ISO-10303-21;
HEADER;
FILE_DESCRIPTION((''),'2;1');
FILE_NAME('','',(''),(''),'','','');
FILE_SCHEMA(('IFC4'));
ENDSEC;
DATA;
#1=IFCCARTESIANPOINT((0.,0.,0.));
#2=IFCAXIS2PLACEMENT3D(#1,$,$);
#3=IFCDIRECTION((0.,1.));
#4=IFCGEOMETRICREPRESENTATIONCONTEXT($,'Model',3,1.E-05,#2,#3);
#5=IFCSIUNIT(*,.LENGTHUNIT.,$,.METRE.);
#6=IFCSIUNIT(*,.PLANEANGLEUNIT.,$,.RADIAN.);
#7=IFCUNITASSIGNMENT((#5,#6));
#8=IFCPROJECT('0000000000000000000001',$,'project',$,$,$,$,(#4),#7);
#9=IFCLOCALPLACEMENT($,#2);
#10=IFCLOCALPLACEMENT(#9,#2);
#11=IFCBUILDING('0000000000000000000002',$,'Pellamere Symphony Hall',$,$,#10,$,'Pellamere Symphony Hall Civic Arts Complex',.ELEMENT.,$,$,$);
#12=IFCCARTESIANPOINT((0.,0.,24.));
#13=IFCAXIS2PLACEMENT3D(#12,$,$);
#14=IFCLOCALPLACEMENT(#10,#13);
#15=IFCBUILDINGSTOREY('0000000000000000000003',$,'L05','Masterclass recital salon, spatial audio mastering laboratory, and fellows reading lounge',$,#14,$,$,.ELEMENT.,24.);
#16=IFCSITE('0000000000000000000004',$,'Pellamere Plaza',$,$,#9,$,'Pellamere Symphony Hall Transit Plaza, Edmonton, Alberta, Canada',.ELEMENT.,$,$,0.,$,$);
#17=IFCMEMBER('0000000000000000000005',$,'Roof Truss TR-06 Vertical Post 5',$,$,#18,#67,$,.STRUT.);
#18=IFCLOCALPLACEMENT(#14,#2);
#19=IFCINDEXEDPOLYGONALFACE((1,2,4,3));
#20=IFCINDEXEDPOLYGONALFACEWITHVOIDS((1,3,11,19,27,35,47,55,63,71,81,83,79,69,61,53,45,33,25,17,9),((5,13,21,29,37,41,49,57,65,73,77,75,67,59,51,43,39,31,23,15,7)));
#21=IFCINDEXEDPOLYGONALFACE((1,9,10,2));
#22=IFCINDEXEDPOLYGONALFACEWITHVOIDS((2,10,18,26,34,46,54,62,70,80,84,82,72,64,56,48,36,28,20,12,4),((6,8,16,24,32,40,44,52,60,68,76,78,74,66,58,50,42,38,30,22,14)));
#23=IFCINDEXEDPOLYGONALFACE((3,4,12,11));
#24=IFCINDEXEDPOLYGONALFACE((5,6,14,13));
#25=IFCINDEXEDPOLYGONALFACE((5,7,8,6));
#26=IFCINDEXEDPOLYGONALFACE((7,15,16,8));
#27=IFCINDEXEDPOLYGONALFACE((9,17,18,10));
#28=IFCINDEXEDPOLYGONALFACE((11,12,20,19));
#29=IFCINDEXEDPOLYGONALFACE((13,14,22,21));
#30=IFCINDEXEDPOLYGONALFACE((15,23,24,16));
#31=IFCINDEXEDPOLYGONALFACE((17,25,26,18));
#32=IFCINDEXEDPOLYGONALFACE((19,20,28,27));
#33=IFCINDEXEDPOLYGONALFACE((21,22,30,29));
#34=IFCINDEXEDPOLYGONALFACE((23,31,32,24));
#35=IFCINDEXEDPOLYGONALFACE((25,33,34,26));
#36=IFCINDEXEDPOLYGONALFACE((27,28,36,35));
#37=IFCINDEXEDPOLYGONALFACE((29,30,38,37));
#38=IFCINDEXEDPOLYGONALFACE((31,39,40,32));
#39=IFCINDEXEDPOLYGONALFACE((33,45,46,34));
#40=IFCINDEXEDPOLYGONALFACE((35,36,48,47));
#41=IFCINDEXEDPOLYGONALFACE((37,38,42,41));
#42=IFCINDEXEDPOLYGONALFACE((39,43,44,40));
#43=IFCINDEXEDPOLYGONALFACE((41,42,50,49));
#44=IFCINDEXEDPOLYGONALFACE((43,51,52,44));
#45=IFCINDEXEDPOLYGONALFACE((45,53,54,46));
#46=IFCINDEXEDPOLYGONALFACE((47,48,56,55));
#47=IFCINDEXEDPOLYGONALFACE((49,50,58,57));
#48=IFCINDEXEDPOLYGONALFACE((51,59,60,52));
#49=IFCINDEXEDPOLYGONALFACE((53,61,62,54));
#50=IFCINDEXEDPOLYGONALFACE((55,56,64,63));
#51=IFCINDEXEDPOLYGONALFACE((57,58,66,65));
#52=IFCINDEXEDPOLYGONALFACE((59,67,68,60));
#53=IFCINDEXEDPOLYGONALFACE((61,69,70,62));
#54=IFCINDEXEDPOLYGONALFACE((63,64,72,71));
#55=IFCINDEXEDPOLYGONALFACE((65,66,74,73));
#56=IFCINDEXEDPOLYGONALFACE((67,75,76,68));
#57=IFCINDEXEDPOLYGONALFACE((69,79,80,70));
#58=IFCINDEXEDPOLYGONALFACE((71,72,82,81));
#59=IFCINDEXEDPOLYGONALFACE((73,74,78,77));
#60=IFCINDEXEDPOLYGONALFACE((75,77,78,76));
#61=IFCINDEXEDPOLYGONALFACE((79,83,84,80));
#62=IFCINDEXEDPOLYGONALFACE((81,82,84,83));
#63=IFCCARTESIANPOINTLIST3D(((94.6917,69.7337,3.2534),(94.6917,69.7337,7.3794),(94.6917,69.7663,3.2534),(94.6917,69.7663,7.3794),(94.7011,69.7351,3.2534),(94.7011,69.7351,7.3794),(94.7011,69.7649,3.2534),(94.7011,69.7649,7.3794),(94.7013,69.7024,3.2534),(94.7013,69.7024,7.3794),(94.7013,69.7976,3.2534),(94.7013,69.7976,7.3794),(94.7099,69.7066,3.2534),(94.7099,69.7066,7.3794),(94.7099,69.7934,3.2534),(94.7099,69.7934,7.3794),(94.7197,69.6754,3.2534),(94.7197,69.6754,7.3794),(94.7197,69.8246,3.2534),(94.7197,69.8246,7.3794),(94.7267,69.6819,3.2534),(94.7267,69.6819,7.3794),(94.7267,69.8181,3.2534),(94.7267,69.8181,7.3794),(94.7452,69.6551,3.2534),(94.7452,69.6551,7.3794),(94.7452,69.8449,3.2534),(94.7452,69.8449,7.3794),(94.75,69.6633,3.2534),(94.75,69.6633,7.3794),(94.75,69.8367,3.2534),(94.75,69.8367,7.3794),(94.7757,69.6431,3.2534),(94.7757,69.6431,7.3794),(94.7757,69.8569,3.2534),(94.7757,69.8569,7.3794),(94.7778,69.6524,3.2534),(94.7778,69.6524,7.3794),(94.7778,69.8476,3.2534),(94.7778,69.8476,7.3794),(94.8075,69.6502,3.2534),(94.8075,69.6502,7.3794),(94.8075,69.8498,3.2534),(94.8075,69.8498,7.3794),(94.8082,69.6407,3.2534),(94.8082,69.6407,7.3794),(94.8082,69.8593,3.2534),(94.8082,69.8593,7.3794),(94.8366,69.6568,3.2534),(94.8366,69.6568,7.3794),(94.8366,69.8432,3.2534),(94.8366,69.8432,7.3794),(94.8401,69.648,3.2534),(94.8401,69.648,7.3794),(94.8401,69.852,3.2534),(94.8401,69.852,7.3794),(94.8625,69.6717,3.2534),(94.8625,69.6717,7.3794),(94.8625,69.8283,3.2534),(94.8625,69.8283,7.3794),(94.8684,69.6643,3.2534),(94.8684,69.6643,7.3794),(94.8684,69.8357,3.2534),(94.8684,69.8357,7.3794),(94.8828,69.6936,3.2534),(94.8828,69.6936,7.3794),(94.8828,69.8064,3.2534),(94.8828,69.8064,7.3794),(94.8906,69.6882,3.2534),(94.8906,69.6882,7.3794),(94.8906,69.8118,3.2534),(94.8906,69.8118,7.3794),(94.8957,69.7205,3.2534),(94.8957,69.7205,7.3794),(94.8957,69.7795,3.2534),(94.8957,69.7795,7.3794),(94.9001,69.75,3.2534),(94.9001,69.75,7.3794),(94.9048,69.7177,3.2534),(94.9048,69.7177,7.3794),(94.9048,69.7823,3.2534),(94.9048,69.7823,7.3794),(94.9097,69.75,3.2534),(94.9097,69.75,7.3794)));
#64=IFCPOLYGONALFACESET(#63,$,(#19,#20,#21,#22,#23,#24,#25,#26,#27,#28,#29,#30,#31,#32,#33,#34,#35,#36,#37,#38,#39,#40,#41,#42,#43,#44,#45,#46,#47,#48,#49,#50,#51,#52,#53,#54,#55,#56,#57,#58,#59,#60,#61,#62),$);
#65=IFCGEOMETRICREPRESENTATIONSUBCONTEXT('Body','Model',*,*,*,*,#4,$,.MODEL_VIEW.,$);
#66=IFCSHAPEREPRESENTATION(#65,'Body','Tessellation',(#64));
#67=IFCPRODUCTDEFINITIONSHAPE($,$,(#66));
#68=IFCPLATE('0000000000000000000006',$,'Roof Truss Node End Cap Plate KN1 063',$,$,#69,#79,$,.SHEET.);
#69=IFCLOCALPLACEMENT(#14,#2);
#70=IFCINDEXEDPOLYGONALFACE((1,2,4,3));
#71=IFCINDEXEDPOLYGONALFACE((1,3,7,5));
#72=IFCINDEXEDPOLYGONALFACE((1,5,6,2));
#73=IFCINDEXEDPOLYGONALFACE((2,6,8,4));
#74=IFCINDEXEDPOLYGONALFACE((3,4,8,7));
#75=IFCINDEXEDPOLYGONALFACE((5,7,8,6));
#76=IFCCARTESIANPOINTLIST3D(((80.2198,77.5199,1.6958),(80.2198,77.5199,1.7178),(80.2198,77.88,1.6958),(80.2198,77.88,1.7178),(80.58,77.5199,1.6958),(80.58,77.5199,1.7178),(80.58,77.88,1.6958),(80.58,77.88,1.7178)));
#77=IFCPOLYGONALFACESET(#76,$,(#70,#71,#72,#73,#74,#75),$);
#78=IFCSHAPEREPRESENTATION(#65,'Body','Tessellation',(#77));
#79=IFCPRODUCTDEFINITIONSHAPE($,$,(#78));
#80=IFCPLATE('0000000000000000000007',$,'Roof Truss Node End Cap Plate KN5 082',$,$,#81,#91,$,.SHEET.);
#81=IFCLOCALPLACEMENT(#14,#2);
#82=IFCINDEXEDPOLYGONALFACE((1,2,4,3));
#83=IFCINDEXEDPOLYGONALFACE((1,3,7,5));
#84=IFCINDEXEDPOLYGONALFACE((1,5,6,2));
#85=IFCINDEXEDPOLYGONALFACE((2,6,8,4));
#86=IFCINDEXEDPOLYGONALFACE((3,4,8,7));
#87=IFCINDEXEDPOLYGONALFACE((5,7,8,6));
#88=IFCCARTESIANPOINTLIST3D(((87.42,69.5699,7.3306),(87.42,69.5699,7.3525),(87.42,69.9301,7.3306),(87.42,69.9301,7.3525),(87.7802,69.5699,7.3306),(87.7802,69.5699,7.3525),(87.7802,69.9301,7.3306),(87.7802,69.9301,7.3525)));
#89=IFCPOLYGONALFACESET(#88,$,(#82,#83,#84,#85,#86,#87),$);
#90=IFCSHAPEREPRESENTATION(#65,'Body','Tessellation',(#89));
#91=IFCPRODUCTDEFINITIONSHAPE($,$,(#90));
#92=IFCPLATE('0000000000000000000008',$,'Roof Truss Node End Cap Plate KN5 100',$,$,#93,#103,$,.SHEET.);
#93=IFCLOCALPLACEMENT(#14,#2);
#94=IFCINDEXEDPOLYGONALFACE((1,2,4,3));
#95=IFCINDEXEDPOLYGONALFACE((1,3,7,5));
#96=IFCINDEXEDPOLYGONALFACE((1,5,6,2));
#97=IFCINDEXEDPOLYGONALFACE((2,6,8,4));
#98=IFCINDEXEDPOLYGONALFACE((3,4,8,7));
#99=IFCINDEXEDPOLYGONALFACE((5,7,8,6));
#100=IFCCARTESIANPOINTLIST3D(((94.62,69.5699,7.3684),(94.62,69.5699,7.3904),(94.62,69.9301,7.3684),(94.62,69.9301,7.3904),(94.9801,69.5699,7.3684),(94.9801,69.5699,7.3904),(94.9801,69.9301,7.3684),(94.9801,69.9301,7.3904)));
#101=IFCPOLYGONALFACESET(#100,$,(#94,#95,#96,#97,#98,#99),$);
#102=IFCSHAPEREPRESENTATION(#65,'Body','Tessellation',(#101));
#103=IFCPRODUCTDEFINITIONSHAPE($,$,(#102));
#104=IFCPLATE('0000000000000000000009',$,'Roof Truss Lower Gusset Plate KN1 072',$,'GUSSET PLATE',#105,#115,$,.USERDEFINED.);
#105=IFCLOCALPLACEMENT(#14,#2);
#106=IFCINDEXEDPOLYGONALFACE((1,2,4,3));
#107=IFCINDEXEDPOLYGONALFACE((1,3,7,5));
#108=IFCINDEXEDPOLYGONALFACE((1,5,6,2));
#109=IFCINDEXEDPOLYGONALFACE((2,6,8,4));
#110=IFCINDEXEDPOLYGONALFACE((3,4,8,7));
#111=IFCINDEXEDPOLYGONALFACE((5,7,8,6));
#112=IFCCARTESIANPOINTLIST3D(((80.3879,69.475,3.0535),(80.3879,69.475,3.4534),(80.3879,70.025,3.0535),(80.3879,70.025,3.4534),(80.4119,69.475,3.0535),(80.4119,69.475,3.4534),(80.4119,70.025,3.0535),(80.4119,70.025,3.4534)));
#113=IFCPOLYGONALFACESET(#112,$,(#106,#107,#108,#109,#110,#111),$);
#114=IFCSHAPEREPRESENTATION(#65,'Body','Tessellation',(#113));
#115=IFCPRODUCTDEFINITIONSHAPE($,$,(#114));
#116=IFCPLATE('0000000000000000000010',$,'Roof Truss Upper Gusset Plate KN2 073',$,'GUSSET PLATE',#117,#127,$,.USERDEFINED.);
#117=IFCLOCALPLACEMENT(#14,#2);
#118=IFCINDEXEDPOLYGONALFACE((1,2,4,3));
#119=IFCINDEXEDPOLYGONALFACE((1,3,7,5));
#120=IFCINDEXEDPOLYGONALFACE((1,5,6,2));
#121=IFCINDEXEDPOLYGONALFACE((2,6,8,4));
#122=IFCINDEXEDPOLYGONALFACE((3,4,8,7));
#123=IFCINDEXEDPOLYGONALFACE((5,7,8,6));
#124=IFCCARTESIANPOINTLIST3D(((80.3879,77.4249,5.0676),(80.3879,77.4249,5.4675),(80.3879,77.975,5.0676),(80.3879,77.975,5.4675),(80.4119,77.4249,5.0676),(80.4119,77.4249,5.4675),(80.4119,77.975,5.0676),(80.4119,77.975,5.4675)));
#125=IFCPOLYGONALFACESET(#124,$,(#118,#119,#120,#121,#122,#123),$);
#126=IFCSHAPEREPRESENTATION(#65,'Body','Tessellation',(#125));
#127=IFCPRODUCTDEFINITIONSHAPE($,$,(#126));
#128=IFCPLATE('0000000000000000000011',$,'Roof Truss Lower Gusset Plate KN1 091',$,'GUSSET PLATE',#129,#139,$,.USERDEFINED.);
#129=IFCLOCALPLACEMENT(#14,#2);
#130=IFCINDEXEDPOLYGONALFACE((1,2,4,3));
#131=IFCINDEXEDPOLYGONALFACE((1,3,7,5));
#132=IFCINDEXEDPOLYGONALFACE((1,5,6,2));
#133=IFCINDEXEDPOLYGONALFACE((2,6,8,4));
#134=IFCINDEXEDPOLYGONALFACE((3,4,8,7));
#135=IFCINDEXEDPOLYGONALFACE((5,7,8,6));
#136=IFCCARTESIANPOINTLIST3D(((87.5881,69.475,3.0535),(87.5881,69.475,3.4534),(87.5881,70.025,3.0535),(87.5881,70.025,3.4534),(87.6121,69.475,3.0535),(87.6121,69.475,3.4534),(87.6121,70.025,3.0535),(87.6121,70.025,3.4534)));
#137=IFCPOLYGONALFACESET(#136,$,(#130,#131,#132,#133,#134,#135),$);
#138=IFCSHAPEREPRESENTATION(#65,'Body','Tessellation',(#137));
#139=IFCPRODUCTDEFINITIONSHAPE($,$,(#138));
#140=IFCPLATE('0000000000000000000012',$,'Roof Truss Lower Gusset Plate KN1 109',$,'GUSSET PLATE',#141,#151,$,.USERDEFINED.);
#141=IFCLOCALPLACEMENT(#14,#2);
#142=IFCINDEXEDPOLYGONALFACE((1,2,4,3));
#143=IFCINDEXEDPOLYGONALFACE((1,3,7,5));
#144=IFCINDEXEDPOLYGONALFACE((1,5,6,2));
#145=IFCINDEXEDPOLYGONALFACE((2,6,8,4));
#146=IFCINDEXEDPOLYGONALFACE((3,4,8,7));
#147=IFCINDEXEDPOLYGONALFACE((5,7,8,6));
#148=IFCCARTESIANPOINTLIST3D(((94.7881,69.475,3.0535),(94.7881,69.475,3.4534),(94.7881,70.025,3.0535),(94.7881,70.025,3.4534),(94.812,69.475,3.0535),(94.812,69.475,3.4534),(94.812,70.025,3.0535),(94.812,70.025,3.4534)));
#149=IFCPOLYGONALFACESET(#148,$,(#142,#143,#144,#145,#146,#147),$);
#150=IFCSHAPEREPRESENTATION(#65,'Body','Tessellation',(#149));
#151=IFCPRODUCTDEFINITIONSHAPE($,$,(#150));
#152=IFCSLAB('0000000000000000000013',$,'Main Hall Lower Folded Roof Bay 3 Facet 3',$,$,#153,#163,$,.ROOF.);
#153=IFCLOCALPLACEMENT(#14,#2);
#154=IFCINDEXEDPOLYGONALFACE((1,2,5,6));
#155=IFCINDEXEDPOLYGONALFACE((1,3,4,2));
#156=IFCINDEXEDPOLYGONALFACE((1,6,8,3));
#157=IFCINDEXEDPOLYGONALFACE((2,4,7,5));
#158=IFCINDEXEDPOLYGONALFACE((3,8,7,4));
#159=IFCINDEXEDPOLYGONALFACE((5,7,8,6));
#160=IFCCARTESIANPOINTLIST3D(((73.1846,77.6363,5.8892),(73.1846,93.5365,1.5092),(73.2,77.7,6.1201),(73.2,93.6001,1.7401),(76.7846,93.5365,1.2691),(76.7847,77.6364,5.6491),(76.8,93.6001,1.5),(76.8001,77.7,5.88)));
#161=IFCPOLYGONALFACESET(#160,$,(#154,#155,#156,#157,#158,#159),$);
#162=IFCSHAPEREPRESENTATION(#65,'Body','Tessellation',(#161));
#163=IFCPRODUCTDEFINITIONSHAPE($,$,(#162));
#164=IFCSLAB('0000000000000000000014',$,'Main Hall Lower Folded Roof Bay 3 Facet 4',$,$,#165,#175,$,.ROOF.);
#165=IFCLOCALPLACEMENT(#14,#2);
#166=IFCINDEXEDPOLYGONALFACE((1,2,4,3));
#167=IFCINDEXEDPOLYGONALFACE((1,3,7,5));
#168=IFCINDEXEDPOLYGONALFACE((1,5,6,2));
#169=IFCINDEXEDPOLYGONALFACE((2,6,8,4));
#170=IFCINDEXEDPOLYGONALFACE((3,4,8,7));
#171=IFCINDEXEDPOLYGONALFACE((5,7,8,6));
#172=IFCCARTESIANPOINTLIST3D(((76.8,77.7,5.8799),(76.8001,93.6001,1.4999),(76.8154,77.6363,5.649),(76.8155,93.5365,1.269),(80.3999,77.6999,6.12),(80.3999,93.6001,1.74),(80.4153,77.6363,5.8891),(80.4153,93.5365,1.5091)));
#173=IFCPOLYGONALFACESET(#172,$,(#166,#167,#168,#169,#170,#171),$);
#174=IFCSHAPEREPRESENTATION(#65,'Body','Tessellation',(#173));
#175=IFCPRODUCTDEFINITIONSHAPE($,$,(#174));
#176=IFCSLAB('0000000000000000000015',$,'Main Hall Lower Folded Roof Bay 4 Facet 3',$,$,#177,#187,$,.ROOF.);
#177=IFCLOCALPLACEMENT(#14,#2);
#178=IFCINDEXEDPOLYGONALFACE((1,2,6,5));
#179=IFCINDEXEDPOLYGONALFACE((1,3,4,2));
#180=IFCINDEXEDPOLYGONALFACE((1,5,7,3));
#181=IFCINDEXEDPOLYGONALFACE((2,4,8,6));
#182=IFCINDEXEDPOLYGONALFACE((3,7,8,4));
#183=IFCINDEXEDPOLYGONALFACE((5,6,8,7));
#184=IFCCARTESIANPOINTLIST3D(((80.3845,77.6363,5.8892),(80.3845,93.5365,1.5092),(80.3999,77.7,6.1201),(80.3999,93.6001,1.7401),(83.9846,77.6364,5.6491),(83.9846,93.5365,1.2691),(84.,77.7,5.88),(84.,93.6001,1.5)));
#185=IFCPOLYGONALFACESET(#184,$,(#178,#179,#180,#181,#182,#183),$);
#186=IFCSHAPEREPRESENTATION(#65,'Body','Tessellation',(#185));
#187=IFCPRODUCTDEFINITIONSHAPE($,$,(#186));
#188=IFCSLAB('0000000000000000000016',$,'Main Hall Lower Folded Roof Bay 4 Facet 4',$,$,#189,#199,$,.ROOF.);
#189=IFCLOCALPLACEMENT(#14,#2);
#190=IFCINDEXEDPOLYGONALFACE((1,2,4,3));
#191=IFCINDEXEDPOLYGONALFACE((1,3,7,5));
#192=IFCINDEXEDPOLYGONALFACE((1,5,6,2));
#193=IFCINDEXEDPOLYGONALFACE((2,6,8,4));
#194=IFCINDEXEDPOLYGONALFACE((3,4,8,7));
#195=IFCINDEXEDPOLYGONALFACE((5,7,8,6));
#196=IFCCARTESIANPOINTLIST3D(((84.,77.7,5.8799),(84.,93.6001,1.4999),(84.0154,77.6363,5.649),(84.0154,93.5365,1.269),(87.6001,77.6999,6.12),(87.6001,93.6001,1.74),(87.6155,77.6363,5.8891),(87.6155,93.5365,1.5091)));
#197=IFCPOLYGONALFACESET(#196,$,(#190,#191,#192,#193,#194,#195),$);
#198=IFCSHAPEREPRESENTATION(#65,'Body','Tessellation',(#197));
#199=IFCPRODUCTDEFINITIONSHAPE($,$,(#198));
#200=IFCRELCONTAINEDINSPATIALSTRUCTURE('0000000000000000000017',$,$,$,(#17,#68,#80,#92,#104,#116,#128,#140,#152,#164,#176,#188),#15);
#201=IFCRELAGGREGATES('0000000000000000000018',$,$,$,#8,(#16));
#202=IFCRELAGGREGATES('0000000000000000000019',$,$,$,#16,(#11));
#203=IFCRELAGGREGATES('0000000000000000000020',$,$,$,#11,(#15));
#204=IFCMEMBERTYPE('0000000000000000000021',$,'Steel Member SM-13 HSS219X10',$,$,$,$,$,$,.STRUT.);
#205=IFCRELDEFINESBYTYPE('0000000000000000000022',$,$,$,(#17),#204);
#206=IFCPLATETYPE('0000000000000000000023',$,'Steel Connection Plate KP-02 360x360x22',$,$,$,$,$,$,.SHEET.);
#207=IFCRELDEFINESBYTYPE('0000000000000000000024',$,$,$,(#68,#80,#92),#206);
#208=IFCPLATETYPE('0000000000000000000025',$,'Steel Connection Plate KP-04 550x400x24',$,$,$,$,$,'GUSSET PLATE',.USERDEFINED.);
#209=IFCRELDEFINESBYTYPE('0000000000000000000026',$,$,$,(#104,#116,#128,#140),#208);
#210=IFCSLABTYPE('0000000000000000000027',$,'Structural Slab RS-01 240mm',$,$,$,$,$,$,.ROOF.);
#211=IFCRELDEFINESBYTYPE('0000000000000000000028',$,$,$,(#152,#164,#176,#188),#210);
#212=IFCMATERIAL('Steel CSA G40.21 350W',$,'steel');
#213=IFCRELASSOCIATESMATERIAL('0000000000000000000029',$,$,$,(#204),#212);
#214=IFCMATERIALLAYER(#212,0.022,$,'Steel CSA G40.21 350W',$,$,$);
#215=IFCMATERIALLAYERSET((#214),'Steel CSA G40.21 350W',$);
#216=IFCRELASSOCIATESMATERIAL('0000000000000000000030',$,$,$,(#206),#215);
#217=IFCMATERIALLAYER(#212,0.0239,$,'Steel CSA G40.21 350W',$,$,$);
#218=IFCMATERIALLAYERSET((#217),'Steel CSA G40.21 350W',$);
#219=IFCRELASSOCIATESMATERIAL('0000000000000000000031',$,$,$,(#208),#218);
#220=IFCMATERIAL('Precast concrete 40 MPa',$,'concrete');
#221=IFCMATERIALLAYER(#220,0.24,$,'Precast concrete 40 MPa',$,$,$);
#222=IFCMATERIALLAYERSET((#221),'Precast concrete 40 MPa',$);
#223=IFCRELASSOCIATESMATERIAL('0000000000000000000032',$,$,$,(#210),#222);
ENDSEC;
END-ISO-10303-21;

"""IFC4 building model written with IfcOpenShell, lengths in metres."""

from ifc_helpers import new_model, si_unit, direction, frame, origin, origin_2d, place, context, subcontext, project, spatial, polyline, rectangle, hollow_circle, outline, extrude, material, layer, layer_set, material_profile, profile_set, type_object, element, save


model = new_model("IFC4")

# Units and contexts
model_context = context("Model", 3, precision=1e-05, world=origin(), true_north=direction((0.0, 1.0)))
body_context = subcontext(model_context, "Body", "Model", "MODEL_VIEW")
ifc_project = project(units=[si_unit("LENGTHUNIT", "METRE"), si_unit("PLANEANGLEUNIT", "RADIAN")], contexts=[model_context])

# Site, building, storey
site_placement = place(None, origin())
site = spatial("IfcSite", under=ifc_project, at=site_placement, Name="Pellamere Plaza", LongName="Pellamere Symphony Hall Transit Plaza, Edmonton, Alberta, Canada", CompositionType="ELEMENT", RefElevation=0.0)
building_placement = place(site_placement, origin())
building = spatial("IfcBuilding", under=site, at=building_placement, Name="Pellamere Symphony Hall", LongName="Pellamere Symphony Hall Civic Arts Complex", CompositionType="ELEMENT")
storey_placement = place(building_placement, frame((0.0, 0.0, 24.0)))
storey = spatial("IfcBuildingStorey", under=building, at=storey_placement, Name="L05", Description="Masterclass recital salon, spatial audio mastering laboratory, and fellows reading lounge", CompositionType="ELEMENT", Elevation=24.0)

# Shared definitions
ifc_material_1 = material(Name="Steel CSA G40.21 350W", Category="steel")

# Member
ifc_material_profile_1 = material_profile(ifc_material_1, hollow_circle(Radius=0.1096, WallThickness=0.0095, at=origin_2d()), Name="HSS219X10")
ifc_profile_set_1 = profile_set([ifc_material_profile_1], Name="Steel CSA G40.21 350W")
member_type_1 = type_object("IfcMemberType", Name="Steel Member SM-13 HSS219X10", PredefinedType="STRUT", material=ifc_profile_set_1)
member_1_placement = place(storey_placement, frame((94.8, 69.75, 3.2534), z_axis=(0.0, 0.0, 1.0), x_axis=(1.0, 0.0, 0.0)))
element("IfcMember", 1, at=member_1_placement, inside=storey, type_object=member_type_1, Name="Roof Truss TR-06 Vertical Post 5", PredefinedType="STRUT", context=body_context, shape_type="SweptSolid", body=[
    extrude(hollow_circle(Radius=0.1096, WallThickness=0.0095, at=origin_2d()), origin(), (0.0, 0.0, 1.0), 4.126),
])

# Plates
ifc_layer_1 = layer(ifc_material_1, 0.022, Name="Steel CSA G40.21 350W")
ifc_layer_set_1 = layer_set([ifc_layer_1], Name="Steel CSA G40.21 350W")
plate_type_1 = type_object("IfcPlateType", Name="Steel Connection Plate KP-02 360x360x22", PredefinedType="SHEET", material=ifc_layer_set_1)
for number, where, z_axis, x_axis, name in (
    (2, (80.3999, 77.7, 1.6958), (0.0, 0.0, 1.0), (1.0, 0.0, 0.0), "Roof Truss Node End Cap Plate KN1 063"),
    (3, (87.6001, 69.75, 7.3306), (0.0, 0.0, 1.0), (1.0, 0.0, 0.0), "Roof Truss Node End Cap Plate KN5 082"),
    (4, (94.8, 69.75, 7.3684), (0.0, 0.0, 1.0), (1.0, 0.0, 0.0), "Roof Truss Node End Cap Plate KN5 100"),
):
    element("IfcPlate", number, at=place(storey_placement, frame(where, z_axis=z_axis, x_axis=x_axis)), inside=storey, type_object=plate_type_1, Name=name, PredefinedType="SHEET", context=body_context, shape_type="SweptSolid", body=[
        extrude(rectangle(XDim=0.3601, YDim=0.3601, at=origin_2d()), origin(), (0.0, 0.0, 1.0), 0.022),
    ])
ifc_layer_2 = layer(ifc_material_1, 0.0239, Name="Steel CSA G40.21 350W")
ifc_layer_set_2 = layer_set([ifc_layer_2], Name="Steel CSA G40.21 350W")
plate_type_2 = type_object("IfcPlateType", Name="Steel Connection Plate KP-04 550x400x24", ElementType="GUSSET PLATE", PredefinedType="USERDEFINED", material=ifc_layer_set_2)
for number, where, z_axis, x_axis, name in (
    (5, (80.3999, 69.75, 3.0535), (0.0, 0.0, 1.0), (1.0, 0.0, 0.0), "Roof Truss Lower Gusset Plate KN1 072"),
    (6, (80.3999, 77.7, 5.0676), (0.0, 0.0, 1.0), (1.0, 0.0, 0.0), "Roof Truss Upper Gusset Plate KN2 073"),
    (7, (87.6001, 69.75, 3.0535), (0.0, 0.0, 1.0), (1.0, 0.0, 0.0), "Roof Truss Lower Gusset Plate KN1 091"),
    (8, (94.8, 69.75, 3.0535), (0.0, 0.0, 1.0), (1.0, 0.0, 0.0), "Roof Truss Lower Gusset Plate KN1 109"),
):
    element("IfcPlate", number, at=place(storey_placement, frame(where, z_axis=z_axis, x_axis=x_axis)), inside=storey, type_object=plate_type_2, Name=name, ObjectType="GUSSET PLATE", PredefinedType="USERDEFINED", context=body_context, shape_type="SweptSolid", body=[
        extrude(rectangle(XDim=0.0239, YDim=0.55, at=origin_2d()), origin(), (0.0, 0.0, 1.0), 0.3999),
    ])

# Slabs
ifc_material_2 = material(Name="Precast concrete 40 MPa", Category="concrete")
ifc_layer_3 = layer(ifc_material_2, 0.24, Name="Precast concrete 40 MPa")
ifc_layer_set_3 = layer_set([ifc_layer_3], Name="Precast concrete 40 MPa")
slab_type = type_object("IfcSlabType", Name="Structural Slab RS-01 240mm", PredefinedType="ROOF", material=ifc_layer_set_3)
slab_1_placement = place(storey_placement, frame((73.2, 77.7, 6.1201), z_axis=(0.064168, 0.26503, 0.962103), x_axis=(0.997783, 0.000009, -0.066551)))
element("IfcSlab", 9, at=slab_1_placement, inside=storey, type_object=slab_type, Name="Main Hall Lower Folded Roof Bay 3 Facet 3", PredefinedType="ROOF", context=body_context, shape_type="SweptSolid", body=[
    extrude(outline(polyline([(0.0, 0.0), (3.6081, 0.0), (3.8997, 16.4898), (0.2916, 16.4898), (0.0, 0.0)])), origin(), (0.0, 0.0, -1.0), 0.24),
])
slab_2_placement = place(storey_placement, frame((76.8, 77.7, 5.8799), z_axis=(-0.064173, 0.26503, 0.962102), x_axis=(0.997783, -0.000009, 0.066555)))
element("IfcSlab", 10, at=slab_2_placement, inside=storey, type_object=slab_type, Name="Main Hall Lower Folded Roof Bay 3 Facet 4", PredefinedType="ROOF", context=body_context, shape_type="SweptSolid", body=[
    extrude(outline(polyline([(0.0, 0.0), (3.6079, 0.0), (3.3162, 16.4898), (-0.2916, 16.4898), (0.0, 0.0)])), origin(), (0.0, 0.0, -1.0), 0.24),
])
slab_3_placement = place(storey_placement, frame((80.3999, 77.7, 6.1201), z_axis=(0.064168, 0.26503, 0.962103), x_axis=(0.997783, 0.000009, -0.066551)))
element("IfcSlab", 11, at=slab_3_placement, inside=storey, type_object=slab_type, Name="Main Hall Lower Folded Roof Bay 4 Facet 3", PredefinedType="ROOF", context=body_context, shape_type="SweptSolid", body=[
    extrude(outline(polyline([(0.0, 0.0), (3.6081, 0.0), (3.8997, 16.4898), (0.2916, 16.4898), (0.0, 0.0)])), origin(), (0.0, 0.0, -1.0), 0.24),
])
slab_4_placement = place(storey_placement, frame((84.0, 77.7, 5.8799), z_axis=(-0.064168, 0.26503, 0.962103), x_axis=(0.997783, -0.000009, 0.066551)))
element("IfcSlab", 12, at=slab_4_placement, inside=storey, type_object=slab_type, Name="Main Hall Lower Folded Roof Bay 4 Facet 4", PredefinedType="ROOF", context=body_context, shape_type="SweptSolid", body=[
    extrude(outline(polyline([(0.0, 0.0), (3.6081, 0.0), (3.3165, 16.4898), (-0.2916, 16.4898), (0.0, 0.0)])), origin(), (0.0, 0.0, -1.0), 0.24),
])

save(model, "model.ifc")
